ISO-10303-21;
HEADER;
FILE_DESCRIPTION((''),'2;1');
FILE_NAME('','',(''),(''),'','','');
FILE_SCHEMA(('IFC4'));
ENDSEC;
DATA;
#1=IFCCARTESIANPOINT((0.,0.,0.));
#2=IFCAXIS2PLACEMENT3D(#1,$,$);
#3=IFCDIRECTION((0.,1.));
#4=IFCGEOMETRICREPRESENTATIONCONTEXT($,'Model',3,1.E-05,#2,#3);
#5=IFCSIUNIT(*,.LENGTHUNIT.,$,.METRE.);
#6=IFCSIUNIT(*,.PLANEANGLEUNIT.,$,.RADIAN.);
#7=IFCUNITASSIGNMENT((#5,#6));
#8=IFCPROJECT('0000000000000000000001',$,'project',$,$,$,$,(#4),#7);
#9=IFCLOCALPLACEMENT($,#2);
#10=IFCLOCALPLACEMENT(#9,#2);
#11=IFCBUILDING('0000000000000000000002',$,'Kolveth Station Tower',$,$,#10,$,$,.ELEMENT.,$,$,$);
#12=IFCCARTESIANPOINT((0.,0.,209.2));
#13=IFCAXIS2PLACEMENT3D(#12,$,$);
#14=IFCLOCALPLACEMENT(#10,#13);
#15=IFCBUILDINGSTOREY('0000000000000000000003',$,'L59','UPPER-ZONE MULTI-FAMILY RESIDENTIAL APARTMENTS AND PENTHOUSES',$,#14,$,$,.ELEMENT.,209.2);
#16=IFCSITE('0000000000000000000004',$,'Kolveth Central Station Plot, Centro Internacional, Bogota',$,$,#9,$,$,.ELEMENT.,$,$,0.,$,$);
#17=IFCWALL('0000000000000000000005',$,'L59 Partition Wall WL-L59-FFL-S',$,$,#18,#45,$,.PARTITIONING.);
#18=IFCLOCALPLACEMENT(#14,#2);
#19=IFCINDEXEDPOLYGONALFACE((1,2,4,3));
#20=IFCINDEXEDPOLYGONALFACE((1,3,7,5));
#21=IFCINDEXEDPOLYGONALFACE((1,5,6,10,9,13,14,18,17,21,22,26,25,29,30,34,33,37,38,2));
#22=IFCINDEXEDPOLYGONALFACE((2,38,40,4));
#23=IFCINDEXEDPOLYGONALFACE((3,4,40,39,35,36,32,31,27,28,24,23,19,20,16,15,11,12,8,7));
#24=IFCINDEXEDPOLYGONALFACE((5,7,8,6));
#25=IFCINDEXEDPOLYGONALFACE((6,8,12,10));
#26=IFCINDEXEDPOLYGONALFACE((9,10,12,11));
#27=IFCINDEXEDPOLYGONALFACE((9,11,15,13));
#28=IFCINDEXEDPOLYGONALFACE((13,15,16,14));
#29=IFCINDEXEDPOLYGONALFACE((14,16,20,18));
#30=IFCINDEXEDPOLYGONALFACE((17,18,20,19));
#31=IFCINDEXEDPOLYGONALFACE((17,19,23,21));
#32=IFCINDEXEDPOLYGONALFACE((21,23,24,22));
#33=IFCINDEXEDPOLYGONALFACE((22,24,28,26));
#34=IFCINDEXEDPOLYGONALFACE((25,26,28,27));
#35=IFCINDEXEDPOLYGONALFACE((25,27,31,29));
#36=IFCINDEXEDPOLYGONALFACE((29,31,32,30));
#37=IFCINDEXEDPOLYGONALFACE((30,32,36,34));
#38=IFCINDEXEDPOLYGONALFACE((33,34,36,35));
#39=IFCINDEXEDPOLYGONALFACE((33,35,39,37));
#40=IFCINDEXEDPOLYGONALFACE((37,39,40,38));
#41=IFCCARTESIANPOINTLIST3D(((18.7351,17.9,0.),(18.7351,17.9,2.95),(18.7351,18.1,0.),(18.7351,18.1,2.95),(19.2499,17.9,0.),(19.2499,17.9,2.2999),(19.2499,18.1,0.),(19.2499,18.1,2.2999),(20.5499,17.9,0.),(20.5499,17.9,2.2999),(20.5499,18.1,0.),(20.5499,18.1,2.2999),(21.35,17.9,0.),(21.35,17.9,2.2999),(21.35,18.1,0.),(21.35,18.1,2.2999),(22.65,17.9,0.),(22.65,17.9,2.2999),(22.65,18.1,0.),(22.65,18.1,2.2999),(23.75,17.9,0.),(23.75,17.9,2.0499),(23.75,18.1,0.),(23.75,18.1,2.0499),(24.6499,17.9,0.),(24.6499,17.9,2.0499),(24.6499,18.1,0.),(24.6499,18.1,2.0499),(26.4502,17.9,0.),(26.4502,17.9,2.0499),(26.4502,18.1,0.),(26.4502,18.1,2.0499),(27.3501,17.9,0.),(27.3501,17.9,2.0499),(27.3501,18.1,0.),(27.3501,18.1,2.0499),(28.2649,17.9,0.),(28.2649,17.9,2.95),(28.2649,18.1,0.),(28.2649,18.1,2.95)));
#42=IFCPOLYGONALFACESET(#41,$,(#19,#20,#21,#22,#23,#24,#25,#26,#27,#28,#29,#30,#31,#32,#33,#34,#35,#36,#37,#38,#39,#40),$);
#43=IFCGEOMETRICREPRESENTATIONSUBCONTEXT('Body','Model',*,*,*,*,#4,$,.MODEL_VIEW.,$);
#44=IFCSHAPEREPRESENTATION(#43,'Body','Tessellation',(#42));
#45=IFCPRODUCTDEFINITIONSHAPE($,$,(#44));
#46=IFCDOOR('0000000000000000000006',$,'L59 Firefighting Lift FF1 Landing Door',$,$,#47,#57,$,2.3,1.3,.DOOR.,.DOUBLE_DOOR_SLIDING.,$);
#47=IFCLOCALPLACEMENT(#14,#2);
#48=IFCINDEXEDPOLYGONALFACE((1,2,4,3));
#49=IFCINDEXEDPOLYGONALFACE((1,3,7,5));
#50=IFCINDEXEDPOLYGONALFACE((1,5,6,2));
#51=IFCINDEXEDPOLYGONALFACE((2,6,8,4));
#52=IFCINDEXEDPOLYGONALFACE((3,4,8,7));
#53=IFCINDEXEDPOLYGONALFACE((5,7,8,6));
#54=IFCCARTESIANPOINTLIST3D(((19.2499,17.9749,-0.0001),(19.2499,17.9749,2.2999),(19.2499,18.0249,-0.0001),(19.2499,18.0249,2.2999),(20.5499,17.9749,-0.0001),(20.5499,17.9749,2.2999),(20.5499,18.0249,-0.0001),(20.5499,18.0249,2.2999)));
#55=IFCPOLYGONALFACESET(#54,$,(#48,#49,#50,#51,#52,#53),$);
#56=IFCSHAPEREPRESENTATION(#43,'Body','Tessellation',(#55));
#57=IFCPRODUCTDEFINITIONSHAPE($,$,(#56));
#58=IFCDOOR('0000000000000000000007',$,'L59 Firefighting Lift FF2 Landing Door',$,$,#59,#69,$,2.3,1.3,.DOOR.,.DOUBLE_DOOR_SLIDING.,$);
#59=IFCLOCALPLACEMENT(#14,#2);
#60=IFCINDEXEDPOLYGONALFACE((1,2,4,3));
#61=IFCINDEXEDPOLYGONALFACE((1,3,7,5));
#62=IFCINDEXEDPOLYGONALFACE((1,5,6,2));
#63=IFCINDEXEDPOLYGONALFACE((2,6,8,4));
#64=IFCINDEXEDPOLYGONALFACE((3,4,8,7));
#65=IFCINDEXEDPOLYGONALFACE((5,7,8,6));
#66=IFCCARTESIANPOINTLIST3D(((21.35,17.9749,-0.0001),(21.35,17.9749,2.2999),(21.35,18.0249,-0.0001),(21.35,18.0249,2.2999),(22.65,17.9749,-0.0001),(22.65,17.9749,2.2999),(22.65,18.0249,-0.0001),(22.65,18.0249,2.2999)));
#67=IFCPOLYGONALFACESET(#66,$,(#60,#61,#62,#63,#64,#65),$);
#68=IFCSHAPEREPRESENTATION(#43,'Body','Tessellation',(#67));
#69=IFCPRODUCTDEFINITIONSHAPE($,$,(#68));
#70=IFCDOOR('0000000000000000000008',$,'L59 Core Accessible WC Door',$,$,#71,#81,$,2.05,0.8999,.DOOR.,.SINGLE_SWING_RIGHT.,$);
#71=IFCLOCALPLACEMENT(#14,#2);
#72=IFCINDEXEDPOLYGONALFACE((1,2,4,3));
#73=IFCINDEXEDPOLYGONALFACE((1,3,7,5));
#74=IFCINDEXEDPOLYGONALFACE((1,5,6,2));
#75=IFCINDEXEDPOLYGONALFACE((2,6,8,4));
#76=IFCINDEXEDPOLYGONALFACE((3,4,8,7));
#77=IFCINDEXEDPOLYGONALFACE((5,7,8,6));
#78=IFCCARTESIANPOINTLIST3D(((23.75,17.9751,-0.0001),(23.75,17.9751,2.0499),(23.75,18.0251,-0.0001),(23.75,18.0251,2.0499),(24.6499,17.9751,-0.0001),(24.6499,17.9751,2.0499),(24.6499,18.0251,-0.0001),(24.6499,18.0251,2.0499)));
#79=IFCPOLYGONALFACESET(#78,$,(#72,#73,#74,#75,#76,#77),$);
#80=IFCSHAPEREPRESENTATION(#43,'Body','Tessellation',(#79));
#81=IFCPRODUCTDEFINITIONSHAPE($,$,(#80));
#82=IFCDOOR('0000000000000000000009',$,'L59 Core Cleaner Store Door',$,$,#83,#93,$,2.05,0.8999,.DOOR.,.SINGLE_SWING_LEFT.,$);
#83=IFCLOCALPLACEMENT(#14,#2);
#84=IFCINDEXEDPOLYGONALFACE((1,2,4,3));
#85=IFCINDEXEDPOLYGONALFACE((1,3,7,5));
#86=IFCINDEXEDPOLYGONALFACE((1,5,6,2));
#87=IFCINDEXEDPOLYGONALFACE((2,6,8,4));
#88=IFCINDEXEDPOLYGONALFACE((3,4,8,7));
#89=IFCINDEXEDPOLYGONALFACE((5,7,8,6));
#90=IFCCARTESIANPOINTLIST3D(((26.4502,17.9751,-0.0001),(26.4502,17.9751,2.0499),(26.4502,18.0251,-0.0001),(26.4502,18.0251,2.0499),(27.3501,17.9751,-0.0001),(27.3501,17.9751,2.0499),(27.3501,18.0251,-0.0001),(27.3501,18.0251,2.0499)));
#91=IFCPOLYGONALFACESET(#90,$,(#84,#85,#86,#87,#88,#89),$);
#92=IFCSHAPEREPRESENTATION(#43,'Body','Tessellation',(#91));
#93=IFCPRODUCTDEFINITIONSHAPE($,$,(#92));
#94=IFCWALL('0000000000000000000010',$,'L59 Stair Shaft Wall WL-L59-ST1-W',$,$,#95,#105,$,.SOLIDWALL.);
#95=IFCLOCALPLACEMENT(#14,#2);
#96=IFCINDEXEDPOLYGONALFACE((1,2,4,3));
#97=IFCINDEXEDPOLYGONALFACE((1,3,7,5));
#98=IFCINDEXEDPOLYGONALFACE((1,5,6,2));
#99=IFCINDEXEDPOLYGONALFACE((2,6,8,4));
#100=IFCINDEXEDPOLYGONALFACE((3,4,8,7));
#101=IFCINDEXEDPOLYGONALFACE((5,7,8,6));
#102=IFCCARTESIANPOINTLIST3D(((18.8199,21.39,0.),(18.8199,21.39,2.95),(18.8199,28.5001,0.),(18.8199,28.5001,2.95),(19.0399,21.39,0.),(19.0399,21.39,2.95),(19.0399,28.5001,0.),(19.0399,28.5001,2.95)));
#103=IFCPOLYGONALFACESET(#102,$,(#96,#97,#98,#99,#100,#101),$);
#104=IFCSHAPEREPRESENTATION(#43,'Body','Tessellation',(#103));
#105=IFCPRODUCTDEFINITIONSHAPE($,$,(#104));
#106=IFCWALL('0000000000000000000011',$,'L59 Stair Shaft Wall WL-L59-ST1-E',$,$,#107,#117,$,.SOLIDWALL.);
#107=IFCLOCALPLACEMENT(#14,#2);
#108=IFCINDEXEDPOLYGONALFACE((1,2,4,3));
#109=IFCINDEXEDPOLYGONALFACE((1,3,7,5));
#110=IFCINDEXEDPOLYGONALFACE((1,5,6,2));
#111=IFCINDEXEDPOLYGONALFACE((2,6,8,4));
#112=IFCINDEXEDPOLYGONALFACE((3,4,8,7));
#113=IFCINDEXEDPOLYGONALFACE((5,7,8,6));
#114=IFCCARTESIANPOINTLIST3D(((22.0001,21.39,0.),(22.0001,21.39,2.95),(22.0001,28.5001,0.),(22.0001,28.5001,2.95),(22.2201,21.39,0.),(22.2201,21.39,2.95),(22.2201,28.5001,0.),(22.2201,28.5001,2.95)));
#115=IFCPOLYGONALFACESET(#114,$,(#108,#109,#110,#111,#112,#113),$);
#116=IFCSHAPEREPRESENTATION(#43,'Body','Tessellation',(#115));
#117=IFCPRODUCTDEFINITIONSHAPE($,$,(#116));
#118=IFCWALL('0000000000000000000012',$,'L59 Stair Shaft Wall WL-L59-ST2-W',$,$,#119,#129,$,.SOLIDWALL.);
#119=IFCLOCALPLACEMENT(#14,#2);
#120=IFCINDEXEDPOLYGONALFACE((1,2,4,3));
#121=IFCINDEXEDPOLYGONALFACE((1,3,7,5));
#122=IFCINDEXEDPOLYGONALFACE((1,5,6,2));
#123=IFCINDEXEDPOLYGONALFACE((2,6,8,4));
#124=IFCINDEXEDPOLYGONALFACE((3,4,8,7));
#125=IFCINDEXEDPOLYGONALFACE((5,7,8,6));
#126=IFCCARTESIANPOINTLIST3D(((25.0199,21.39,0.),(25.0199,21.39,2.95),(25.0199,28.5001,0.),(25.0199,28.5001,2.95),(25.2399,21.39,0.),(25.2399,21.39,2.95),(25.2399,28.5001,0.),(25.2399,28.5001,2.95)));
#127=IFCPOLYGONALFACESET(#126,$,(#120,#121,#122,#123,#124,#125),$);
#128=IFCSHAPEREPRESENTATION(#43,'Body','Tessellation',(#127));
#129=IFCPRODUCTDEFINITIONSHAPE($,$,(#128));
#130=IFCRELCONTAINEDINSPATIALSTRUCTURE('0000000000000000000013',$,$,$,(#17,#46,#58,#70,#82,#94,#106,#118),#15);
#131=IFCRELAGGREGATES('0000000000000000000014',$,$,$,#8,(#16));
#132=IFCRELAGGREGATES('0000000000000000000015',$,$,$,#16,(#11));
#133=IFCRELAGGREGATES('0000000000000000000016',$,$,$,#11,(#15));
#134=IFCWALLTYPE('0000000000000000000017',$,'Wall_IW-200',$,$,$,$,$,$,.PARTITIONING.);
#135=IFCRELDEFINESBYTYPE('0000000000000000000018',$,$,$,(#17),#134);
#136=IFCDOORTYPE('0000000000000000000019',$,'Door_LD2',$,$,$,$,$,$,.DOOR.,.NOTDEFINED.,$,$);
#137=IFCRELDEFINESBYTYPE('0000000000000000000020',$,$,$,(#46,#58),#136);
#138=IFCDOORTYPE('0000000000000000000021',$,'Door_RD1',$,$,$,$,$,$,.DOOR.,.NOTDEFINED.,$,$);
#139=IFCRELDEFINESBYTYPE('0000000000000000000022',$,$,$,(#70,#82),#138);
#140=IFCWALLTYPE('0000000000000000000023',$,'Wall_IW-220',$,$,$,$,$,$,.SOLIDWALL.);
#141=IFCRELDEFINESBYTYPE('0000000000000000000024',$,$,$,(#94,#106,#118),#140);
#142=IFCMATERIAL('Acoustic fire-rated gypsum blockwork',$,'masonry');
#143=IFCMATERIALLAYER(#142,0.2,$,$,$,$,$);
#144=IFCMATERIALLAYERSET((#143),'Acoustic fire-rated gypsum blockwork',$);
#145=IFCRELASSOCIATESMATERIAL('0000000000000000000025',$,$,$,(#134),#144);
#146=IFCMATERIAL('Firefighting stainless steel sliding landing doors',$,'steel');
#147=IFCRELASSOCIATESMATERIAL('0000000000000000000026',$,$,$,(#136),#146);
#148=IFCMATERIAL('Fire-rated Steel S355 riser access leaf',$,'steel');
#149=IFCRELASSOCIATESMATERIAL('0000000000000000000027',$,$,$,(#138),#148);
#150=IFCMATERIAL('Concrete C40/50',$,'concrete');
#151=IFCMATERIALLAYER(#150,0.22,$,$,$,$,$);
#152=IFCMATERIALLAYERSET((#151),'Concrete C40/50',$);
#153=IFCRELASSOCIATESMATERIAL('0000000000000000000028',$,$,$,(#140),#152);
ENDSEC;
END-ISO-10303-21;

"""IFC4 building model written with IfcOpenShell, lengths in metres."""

from ifc_helpers import new_model, si_unit, direction, frame, frame_2d, origin, place, context, subcontext, project, spatial, rectangle, extrude, material, layer, layer_set, type_object, element, fill, save


model = new_model("IFC4")

# Units and contexts
model_context = context("Model", 3, precision=1e-05, world=origin(), true_north=direction((0.0, 1.0)))
body_context = subcontext(model_context, "Body", "Model", "MODEL_VIEW")
ifc_project = project(units=[si_unit("LENGTHUNIT", "METRE"), si_unit("PLANEANGLEUNIT", "RADIAN")], contexts=[model_context])

# Site, building, storey
site_placement = place(None, origin())
site = spatial("IfcSite", under=ifc_project, at=site_placement, Name="Kolveth Central Station Plot, Centro Internacional, Bogota", CompositionType="ELEMENT", RefElevation=0.0)
building_placement = place(site_placement, origin())
building = spatial("IfcBuilding", under=site, at=building_placement, Name="Kolveth Station Tower", CompositionType="ELEMENT")
storey_placement = place(building_placement, frame((0.0, 0.0, 209.2)))
storey = spatial("IfcBuildingStorey", under=building, at=storey_placement, Name="L59", Description="UPPER-ZONE MULTI-FAMILY RESIDENTIAL APARTMENTS AND PENTHOUSES", CompositionType="ELEMENT", Elevation=209.2)

# Shared definitions
ifc_material_1 = material(Name="Acoustic fire-rated gypsum blockwork", Category="masonry")
ifc_layer_1 = layer(ifc_material_1, 0.2)
ifc_layer_set_1 = layer_set([ifc_layer_1], Name="Acoustic fire-rated gypsum blockwork")
wall_type_1 = type_object("IfcWallType", Name="Wall_IW-200", PredefinedType="PARTITIONING", material=ifc_layer_set_1)

# Wall, openings, doors
wall_1_placement = place(storey_placement, frame((18.7351, 18.0, 0.0), z_axis=(0.0, 0.0, 1.0), x_axis=(1.0, 0.0, 0.0)))
wall_1 = element("IfcWall", 1, at=wall_1_placement, inside=storey, type_object=wall_type_1, Name="L59 Partition Wall WL-L59-FFL-S", PredefinedType="PARTITIONING", context=body_context, shape_type="SweptSolid", body=[
    extrude(rectangle(XDim=9.5298, YDim=0.2, at=frame_2d((4.7649, 0.0))), origin(), (0.0, 0.0, 1.0), 2.95),
])
opening_1_placement = place(wall_1_placement, frame((0.5149, 0.0, 0.0)))
opening_1 = element("IfcOpeningElement", 2, at=opening_1_placement, cuts=wall_1, PredefinedType="OPENING", context=body_context, shape_type="SweptSolid", body=[
    extrude(rectangle(XDim=1.3, YDim=2.3, at=frame_2d((0.6499, 1.1499))), frame((0.0, 0.1099, 0.0), z_axis=(0.0, -1.0, 0.0), x_axis=(1.0, 0.0, 0.0)), (0.0, 0.0, 1.0), 0.22),
])
opening_2_placement = place(wall_1_placement, frame((2.615, 0.0, 0.0)))
opening_2 = element("IfcOpeningElement", 3, at=opening_2_placement, cuts=wall_1, PredefinedType="OPENING", context=body_context, shape_type="SweptSolid", body=[
    extrude(rectangle(XDim=1.3, YDim=2.3, at=frame_2d((0.6499, 1.1499))), frame((0.0, 0.1099, 0.0), z_axis=(0.0, -1.0, 0.0), x_axis=(1.0, 0.0, 0.0)), (0.0, 0.0, 1.0), 0.22),
])
opening_3_placement = place(wall_1_placement, frame((5.0149, 0.0, 0.0)))
opening_3 = element("IfcOpeningElement", 4, at=opening_3_placement, cuts=wall_1, PredefinedType="OPENING", context=body_context, shape_type="SweptSolid", body=[
    extrude(rectangle(XDim=0.8999, YDim=2.05, at=frame_2d((0.45, 1.0249))), frame((0.0, 0.1099, 0.0), z_axis=(0.0, -1.0, 0.0), x_axis=(1.0, 0.0, 0.0)), (0.0, 0.0, 1.0), 0.22),
])
opening_4_placement = place(wall_1_placement, frame((7.7151, 0.0, 0.0)))
opening_4 = element("IfcOpeningElement", 5, at=opening_4_placement, cuts=wall_1, PredefinedType="OPENING", context=body_context, shape_type="SweptSolid", body=[
    extrude(rectangle(XDim=0.8999, YDim=2.05, at=frame_2d((0.45, 1.0249))), frame((0.0, 0.1099, 0.0), z_axis=(0.0, -1.0, 0.0), x_axis=(1.0, 0.0, 0.0)), (0.0, 0.0, 1.0), 0.22),
])
ifc_material_2 = material(Name="Firefighting stainless steel sliding landing doors", Category="steel")
door_type_1 = type_object("IfcDoorType", Name="Door_LD2", OperationType="NOTDEFINED", PredefinedType="DOOR", material=ifc_material_2)
door_1_placement = place(opening_1_placement, origin())
door_1 = element("IfcDoor", 6, at=door_1_placement, inside=storey, type_object=door_type_1, Name="L59 Firefighting Lift FF1 Landing Door", OperationType="DOUBLE_DOOR_SLIDING", OverallHeight=2.3, OverallWidth=1.3, PredefinedType="DOOR", context=body_context, shape_type="SweptSolid", body=[
    extrude(rectangle(XDim=1.3, YDim=2.3, at=frame_2d((0.6499, 1.1499))), frame((0.0, 0.0249, 0.0), z_axis=(0.0, -1.0, 0.0), x_axis=(1.0, 0.0, 0.0)), (0.0, 0.0, 1.0), 0.05),
])
fill(opening_1, door_1)
door_2_placement = place(opening_2_placement, origin())
door_2 = element("IfcDoor", 7, at=door_2_placement, inside=storey, type_object=door_type_1, Name="L59 Firefighting Lift FF2 Landing Door", OperationType="DOUBLE_DOOR_SLIDING", OverallHeight=2.3, OverallWidth=1.3, PredefinedType="DOOR", context=body_context, shape_type="SweptSolid", body=[
    extrude(rectangle(XDim=1.3, YDim=2.3, at=frame_2d((0.6499, 1.1499))), frame((0.0, 0.0249, 0.0), z_axis=(0.0, -1.0, 0.0), x_axis=(1.0, 0.0, 0.0)), (0.0, 0.0, 1.0), 0.05),
])
fill(opening_2, door_2)
ifc_material_3 = material(Name="Fire-rated Steel S355 riser access leaf", Category="steel")
door_type_2 = type_object("IfcDoorType", Name="Door_RD1", OperationType="NOTDEFINED", PredefinedType="DOOR", material=ifc_material_3)
door_3_placement = place(opening_3_placement, frame((0.8999, 0.0, 0.0), z_axis=(0.0, 0.0, 1.0), x_axis=(-1.0, 0.0, 0.0)))
door_3 = element("IfcDoor", 8, at=door_3_placement, inside=storey, type_object=door_type_2, Name="L59 Core Accessible WC Door", OperationType="SINGLE_SWING_RIGHT", OverallHeight=2.05, OverallWidth=0.8999, PredefinedType="DOOR", context=body_context, shape_type="SweptSolid", body=[
    extrude(rectangle(XDim=0.8999, YDim=2.05, at=frame_2d((0.45, 1.0249))), frame((0.0, 0.0249, 0.0), z_axis=(0.0, -1.0, 0.0), x_axis=(1.0, 0.0, 0.0)), (0.0, 0.0, 1.0), 0.05),
])
fill(opening_3, door_3)
door_4_placement = place(opening_4_placement, frame((0.8999, 0.0, 0.0), z_axis=(0.0, 0.0, 1.0), x_axis=(-1.0, 0.0, 0.0)))
door_4 = element("IfcDoor", 9, at=door_4_placement, inside=storey, type_object=door_type_2, Name="L59 Core Cleaner Store Door", OperationType="SINGLE_SWING_LEFT", OverallHeight=2.05, OverallWidth=0.8999, PredefinedType="DOOR", context=body_context, shape_type="SweptSolid", body=[
    extrude(rectangle(XDim=0.8999, YDim=2.05, at=frame_2d((0.45, 1.0249))), frame((0.0, 0.0249, 0.0), z_axis=(0.0, -1.0, 0.0), x_axis=(1.0, 0.0, 0.0)), (0.0, 0.0, 1.0), 0.05),
])
fill(opening_4, door_4)

# Walls
ifc_material_4 = material(Name="Concrete C40/50", Category="concrete")
ifc_layer_2 = layer(ifc_material_4, 0.22)
ifc_layer_set_2 = layer_set([ifc_layer_2], Name="Concrete C40/50")
wall_type_2 = type_object("IfcWallType", Name="Wall_IW-220", PredefinedType="SOLIDWALL", material=ifc_layer_set_2)
for number, where, z_axis, x_axis, name in (
    (10, (18.9299, 21.3899, 0.0), (0.0, 0.0, 1.0), (0.0, 1.0, 0.0), "L59 Stair Shaft Wall WL-L59-ST1-W"),
    (11, (22.1101, 21.3899, 0.0), (0.0, 0.0, 1.0), (0.0, 1.0, 0.0), "L59 Stair Shaft Wall WL-L59-ST1-E"),
    (12, (25.1299, 21.3899, 0.0), (0.0, 0.0, 1.0), (0.0, 1.0, 0.0), "L59 Stair Shaft Wall WL-L59-ST2-W"),
):
    element("IfcWall", number, at=place(storey_placement, frame(where, z_axis=z_axis, x_axis=x_axis)), inside=storey, type_object=wall_type_2, Name=name, PredefinedType="SOLIDWALL", context=body_context, shape_type="SweptSolid", body=[
        extrude(rectangle(XDim=7.1101, YDim=0.22, at=frame_2d((3.5552, 0.0))), origin(), (0.0, 0.0, 1.0), 2.95),
    ])

save(model, "model.ifc")
